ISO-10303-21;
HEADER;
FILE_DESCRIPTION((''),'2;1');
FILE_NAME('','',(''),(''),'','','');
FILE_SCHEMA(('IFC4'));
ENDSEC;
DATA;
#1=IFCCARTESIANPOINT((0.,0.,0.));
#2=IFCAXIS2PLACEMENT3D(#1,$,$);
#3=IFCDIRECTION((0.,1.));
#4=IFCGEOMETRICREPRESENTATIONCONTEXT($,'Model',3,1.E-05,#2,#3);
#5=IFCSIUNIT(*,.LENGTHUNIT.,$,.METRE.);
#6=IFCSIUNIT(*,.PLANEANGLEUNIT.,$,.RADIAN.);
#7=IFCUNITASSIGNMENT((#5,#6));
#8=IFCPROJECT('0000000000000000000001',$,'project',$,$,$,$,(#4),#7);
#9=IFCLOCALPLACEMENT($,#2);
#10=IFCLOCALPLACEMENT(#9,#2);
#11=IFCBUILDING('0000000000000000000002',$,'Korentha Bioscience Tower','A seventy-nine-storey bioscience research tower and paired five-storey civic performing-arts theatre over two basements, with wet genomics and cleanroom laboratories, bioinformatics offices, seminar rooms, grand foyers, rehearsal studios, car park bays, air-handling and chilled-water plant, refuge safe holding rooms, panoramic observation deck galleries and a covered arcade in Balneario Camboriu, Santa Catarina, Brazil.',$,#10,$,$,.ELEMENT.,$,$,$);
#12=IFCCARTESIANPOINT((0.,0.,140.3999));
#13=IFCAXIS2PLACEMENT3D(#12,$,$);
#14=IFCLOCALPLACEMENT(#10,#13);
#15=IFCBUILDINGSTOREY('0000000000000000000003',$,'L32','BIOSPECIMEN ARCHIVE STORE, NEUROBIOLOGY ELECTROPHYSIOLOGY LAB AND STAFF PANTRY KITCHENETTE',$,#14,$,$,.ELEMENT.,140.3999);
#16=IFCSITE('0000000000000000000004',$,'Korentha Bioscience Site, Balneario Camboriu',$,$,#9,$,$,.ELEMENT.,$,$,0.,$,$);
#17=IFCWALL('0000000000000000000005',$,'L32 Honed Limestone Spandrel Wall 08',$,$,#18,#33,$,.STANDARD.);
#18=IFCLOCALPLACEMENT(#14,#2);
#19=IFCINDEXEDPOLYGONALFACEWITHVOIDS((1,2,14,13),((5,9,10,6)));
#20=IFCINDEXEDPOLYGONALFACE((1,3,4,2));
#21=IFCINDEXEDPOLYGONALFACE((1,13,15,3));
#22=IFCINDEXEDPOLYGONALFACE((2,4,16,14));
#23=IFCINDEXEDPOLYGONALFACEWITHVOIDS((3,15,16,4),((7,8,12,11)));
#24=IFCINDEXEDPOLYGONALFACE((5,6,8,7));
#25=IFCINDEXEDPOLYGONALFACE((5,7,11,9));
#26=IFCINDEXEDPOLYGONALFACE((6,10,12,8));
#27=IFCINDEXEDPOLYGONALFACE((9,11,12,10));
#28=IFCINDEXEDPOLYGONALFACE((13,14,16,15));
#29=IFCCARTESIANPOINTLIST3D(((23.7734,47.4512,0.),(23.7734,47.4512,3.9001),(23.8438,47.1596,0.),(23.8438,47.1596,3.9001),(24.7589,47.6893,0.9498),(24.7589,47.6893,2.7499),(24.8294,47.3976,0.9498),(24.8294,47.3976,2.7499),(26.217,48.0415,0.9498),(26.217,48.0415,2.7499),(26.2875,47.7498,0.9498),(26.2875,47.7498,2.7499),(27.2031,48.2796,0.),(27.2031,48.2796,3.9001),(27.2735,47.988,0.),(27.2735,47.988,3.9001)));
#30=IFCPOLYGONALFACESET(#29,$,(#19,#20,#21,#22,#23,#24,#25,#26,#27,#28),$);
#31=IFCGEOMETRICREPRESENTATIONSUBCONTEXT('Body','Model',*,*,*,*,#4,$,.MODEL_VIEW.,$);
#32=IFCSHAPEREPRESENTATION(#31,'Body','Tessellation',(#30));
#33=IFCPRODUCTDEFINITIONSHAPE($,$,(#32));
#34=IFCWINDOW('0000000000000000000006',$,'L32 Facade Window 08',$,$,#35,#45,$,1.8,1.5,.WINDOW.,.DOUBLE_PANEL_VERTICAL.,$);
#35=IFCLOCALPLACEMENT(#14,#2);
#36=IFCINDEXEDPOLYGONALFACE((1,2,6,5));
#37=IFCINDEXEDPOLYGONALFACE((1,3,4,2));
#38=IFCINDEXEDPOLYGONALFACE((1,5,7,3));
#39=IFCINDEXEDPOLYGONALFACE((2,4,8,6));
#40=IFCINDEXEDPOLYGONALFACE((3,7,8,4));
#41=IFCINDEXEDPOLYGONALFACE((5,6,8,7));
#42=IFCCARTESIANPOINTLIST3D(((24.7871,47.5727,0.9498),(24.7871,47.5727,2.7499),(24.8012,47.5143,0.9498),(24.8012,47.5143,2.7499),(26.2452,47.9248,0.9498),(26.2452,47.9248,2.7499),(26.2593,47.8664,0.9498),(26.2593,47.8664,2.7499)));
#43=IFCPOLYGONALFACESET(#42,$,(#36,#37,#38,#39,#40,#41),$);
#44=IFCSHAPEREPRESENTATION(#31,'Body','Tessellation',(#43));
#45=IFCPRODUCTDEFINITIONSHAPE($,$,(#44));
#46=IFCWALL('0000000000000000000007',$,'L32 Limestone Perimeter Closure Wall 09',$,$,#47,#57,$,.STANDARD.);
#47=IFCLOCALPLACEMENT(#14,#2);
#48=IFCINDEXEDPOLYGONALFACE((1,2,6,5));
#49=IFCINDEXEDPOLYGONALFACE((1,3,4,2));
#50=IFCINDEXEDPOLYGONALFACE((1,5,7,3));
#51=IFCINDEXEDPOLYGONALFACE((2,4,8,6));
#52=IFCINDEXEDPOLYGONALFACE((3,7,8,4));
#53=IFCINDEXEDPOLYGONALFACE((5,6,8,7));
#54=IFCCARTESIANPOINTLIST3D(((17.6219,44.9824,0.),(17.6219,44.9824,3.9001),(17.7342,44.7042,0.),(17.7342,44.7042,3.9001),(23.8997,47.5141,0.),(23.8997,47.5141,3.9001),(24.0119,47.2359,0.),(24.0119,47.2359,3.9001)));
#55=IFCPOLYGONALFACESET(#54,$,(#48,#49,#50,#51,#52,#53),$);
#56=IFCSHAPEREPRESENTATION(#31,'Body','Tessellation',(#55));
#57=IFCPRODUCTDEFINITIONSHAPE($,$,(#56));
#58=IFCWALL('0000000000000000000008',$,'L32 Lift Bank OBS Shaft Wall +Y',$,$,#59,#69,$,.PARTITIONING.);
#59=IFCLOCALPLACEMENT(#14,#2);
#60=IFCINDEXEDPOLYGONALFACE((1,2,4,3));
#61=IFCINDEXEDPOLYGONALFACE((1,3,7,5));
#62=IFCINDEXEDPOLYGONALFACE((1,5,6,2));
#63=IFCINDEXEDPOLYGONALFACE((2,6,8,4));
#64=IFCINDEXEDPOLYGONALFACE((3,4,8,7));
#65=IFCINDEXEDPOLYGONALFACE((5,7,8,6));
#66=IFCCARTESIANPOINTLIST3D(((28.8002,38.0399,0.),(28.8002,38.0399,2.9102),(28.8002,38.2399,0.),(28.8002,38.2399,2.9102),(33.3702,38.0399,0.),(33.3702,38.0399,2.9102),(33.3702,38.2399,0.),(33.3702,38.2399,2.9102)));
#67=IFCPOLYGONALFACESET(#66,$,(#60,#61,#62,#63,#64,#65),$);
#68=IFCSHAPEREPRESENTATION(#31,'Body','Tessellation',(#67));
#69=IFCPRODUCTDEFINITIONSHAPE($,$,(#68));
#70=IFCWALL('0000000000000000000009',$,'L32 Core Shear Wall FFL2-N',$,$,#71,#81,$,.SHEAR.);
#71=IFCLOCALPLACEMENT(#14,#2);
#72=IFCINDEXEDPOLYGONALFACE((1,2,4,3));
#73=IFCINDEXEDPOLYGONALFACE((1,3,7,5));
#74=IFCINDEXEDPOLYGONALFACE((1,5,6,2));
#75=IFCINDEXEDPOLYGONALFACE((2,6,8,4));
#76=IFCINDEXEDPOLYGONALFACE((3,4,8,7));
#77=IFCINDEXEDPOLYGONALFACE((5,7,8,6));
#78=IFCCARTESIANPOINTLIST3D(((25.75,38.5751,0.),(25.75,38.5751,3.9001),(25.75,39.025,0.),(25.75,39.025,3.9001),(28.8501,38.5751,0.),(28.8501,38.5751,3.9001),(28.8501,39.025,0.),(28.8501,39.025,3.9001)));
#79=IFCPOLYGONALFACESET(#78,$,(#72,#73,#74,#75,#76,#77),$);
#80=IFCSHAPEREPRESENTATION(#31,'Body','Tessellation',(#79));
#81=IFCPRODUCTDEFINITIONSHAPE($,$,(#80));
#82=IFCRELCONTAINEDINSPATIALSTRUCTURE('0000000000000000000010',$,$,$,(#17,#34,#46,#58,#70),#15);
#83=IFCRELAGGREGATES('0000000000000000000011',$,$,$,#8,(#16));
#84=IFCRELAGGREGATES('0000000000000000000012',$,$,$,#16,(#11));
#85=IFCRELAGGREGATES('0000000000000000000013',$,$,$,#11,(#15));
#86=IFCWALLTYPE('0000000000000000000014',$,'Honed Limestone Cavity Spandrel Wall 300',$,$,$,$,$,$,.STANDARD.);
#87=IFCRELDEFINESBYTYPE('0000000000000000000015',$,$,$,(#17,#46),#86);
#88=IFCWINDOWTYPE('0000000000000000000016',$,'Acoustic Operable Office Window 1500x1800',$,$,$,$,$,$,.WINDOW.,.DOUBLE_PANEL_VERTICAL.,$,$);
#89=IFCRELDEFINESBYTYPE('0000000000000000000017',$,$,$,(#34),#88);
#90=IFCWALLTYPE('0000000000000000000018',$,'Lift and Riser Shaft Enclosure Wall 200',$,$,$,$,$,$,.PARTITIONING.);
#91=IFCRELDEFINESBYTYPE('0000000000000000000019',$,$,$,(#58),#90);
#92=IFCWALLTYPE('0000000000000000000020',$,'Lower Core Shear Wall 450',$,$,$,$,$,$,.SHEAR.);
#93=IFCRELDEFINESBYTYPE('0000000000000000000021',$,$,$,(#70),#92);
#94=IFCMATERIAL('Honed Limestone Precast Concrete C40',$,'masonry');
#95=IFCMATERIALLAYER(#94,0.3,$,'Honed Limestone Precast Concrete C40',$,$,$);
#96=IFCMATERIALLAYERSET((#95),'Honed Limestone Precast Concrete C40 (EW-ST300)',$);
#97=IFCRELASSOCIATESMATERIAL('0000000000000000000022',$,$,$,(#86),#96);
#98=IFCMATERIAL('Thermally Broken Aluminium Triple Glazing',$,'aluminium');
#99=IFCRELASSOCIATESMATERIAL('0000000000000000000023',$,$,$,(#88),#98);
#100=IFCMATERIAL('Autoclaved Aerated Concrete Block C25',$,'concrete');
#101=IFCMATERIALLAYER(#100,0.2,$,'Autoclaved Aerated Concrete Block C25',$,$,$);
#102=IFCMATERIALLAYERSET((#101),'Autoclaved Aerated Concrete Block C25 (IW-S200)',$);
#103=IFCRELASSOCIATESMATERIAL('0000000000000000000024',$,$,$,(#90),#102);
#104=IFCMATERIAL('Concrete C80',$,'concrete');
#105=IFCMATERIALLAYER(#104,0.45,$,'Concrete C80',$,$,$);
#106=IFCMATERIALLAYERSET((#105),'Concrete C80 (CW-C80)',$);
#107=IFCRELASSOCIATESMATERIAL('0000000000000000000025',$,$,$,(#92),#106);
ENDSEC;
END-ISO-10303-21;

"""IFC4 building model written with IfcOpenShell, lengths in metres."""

from ifc_helpers import new_model, si_unit, direction, frame, frame_2d, origin, place, context, subcontext, project, spatial, rectangle, extrude, material, layer, layer_set, type_object, element, fill, save


model = new_model("IFC4")

# Units and contexts
model_context = context("Model", 3, precision=1e-05, world=origin(), true_north=direction((0.0, 1.0)))
body_context = subcontext(model_context, "Body", "Model", "MODEL_VIEW")
ifc_project = project(units=[si_unit("LENGTHUNIT", "METRE"), si_unit("PLANEANGLEUNIT", "RADIAN")], contexts=[model_context])

# Site, building, storey
site_placement = place(None, origin())
site = spatial("IfcSite", under=ifc_project, at=site_placement, Name="Korentha Bioscience Site, Balneario Camboriu", CompositionType="ELEMENT", RefElevation=0.0)
building_placement = place(site_placement, origin())
building = spatial("IfcBuilding", under=site, at=building_placement, Name="Korentha Bioscience Tower", Description="A seventy-nine-storey bioscience research tower and paired five-storey civic performing-arts theatre over two basements, with wet genomics and cleanroom laboratories, bioinformatics offices, seminar rooms, grand foyers, rehearsal studios, car park bays, air-handling and chilled-water plant, refuge safe holding rooms, panoramic observation deck galleries and a covered arcade in Balneario Camboriu, Santa Catarina, Brazil.", CompositionType="ELEMENT")
storey_placement = place(building_placement, frame((0.0, 0.0, 140.3999)))
storey = spatial("IfcBuildingStorey", under=building, at=storey_placement, Name="L32", Description="BIOSPECIMEN ARCHIVE STORE, NEUROBIOLOGY ELECTROPHYSIOLOGY LAB AND STAFF PANTRY KITCHENETTE", CompositionType="ELEMENT", Elevation=140.3999)

# Shared definitions
ifc_material_1 = material(Name="Concrete C80", Category="concrete")

# Wall, opening, window
ifc_material_2 = material(Name="Honed Limestone Precast Concrete C40", Category="masonry")
ifc_layer_1 = layer(ifc_material_2, 0.3, Name="Honed Limestone Precast Concrete C40")
ifc_layer_set_1 = layer_set([ifc_layer_1], Name="Honed Limestone Precast Concrete C40 (EW-ST300)")
wall_type_1 = type_object("IfcWallType", Name="Honed Limestone Cavity Spandrel Wall 300", PredefinedType="STANDARD", material=ifc_layer_set_1)
wall_1_placement = place(storey_placement, frame((27.2383, 48.1338, 0.0), z_axis=(0.0, 0.0, 1.0), x_axis=(-0.972049, -0.234778, 0.0)))
wall_1 = element("IfcWall", 1, at=wall_1_placement, inside=storey, type_object=wall_type_1, Name="L32 Honed Limestone Spandrel Wall 08", PredefinedType="STANDARD", context=body_context, shape_type="SweptSolid", body=[
    extrude(rectangle(XDim=3.5283, YDim=0.3, at=frame_2d((1.7642, 0.0))), origin(), (0.0, 0.0, 1.0), 3.9001),
])
opening_placement = place(wall_1_placement, frame((1.0144, 0.0, 0.95)))
opening = element("IfcOpeningElement", 2, at=opening_placement, cuts=wall_1, PredefinedType="OPENING", context=body_context, shape_type="SweptSolid", body=[
    extrude(rectangle(XDim=1.5, YDim=1.8, at=frame_2d((0.75, 0.8999))), frame((0.0, 0.165, 0.0), z_axis=(0.0, -1.0, 0.0), x_axis=(1.0, 0.0, 0.0)), (0.0, 0.0, 1.0), 0.3298),
])
ifc_material_3 = material(Name="Thermally Broken Aluminium Triple Glazing", Category="aluminium")
window_type = type_object("IfcWindowType", Name="Acoustic Operable Office Window 1500x1800", PartitioningType="DOUBLE_PANEL_VERTICAL", PredefinedType="WINDOW", material=ifc_material_3)
window_placement = place(opening_placement, origin())
window = element("IfcWindow", 3, at=window_placement, inside=storey, type_object=window_type, Name="L32 Facade Window 08", OverallHeight=1.8, OverallWidth=1.5, PartitioningType="DOUBLE_PANEL_VERTICAL", PredefinedType="WINDOW", context=body_context, shape_type="SweptSolid", body=[
    extrude(rectangle(XDim=1.5, YDim=1.8, at=frame_2d((0.75, 0.8999))), frame((0.0, 0.03, 0.0), z_axis=(0.0, -1.0, 0.0), x_axis=(1.0, 0.0, 0.0)), (0.0, 0.0, 1.0), 0.0601),
])
fill(opening, window)

# Walls
wall_2_placement = place(storey_placement, frame((23.9558, 47.375, 0.0), z_axis=(0.0, 0.0, 1.0), x_axis=(-0.927423, -0.374013, 0.0)))
element("IfcWall", 4, at=wall_2_placement, inside=storey, type_object=wall_type_1, Name="L32 Limestone Perimeter Closure Wall 09", PredefinedType="STANDARD", context=body_context, shape_type="SweptSolid", body=[
    extrude(rectangle(XDim=6.769, YDim=0.3, at=frame_2d((3.3845, 0.0))), origin(), (0.0, 0.0, 1.0), 3.9001),
])
ifc_material_4 = material(Name="Autoclaved Aerated Concrete Block C25", Category="concrete")
ifc_layer_2 = layer(ifc_material_4, 0.2, Name="Autoclaved Aerated Concrete Block C25")
ifc_layer_set_2 = layer_set([ifc_layer_2], Name="Autoclaved Aerated Concrete Block C25 (IW-S200)")
wall_type_2 = type_object("IfcWallType", Name="Lift and Riser Shaft Enclosure Wall 200", PredefinedType="PARTITIONING", material=ifc_layer_set_2)
wall_3_placement = place(storey_placement, frame((28.8, 38.1399, 0.0), z_axis=(0.0, 0.0, 1.0), x_axis=(1.0, 0.0, 0.0)))
element("IfcWall", 5, at=wall_3_placement, inside=storey, type_object=wall_type_2, Name="L32 Lift Bank OBS Shaft Wall +Y", PredefinedType="PARTITIONING", context=body_context, shape_type="SweptSolid", body=[
    extrude(rectangle(XDim=4.5701, YDim=0.2, at=frame_2d((2.2852, 0.0))), origin(), (0.0, 0.0, 1.0), 2.9102),
])
ifc_layer_3 = layer(ifc_material_1, 0.45, Name="Concrete C80")
ifc_layer_set_3 = layer_set([ifc_layer_3], Name="Concrete C80 (CW-C80)")
wall_type_3 = type_object("IfcWallType", Name="Lower Core Shear Wall 450", PredefinedType="SHEAR", material=ifc_layer_set_3)
wall_4_placement = place(storey_placement, frame((25.75, 38.8, 0.0), z_axis=(0.0, 0.0, 1.0), x_axis=(1.0, 0.0, 0.0)))
element("IfcWall", 6, at=wall_4_placement, inside=storey, type_object=wall_type_3, Name="L32 Core Shear Wall FFL2-N", PredefinedType="SHEAR", context=body_context, shape_type="SweptSolid", body=[
    extrude(rectangle(XDim=3.1001, YDim=0.45, at=frame_2d((1.55, 0.0))), origin(), (0.0, 0.0, 1.0), 3.9001),
])

save(model, "model.ifc")
